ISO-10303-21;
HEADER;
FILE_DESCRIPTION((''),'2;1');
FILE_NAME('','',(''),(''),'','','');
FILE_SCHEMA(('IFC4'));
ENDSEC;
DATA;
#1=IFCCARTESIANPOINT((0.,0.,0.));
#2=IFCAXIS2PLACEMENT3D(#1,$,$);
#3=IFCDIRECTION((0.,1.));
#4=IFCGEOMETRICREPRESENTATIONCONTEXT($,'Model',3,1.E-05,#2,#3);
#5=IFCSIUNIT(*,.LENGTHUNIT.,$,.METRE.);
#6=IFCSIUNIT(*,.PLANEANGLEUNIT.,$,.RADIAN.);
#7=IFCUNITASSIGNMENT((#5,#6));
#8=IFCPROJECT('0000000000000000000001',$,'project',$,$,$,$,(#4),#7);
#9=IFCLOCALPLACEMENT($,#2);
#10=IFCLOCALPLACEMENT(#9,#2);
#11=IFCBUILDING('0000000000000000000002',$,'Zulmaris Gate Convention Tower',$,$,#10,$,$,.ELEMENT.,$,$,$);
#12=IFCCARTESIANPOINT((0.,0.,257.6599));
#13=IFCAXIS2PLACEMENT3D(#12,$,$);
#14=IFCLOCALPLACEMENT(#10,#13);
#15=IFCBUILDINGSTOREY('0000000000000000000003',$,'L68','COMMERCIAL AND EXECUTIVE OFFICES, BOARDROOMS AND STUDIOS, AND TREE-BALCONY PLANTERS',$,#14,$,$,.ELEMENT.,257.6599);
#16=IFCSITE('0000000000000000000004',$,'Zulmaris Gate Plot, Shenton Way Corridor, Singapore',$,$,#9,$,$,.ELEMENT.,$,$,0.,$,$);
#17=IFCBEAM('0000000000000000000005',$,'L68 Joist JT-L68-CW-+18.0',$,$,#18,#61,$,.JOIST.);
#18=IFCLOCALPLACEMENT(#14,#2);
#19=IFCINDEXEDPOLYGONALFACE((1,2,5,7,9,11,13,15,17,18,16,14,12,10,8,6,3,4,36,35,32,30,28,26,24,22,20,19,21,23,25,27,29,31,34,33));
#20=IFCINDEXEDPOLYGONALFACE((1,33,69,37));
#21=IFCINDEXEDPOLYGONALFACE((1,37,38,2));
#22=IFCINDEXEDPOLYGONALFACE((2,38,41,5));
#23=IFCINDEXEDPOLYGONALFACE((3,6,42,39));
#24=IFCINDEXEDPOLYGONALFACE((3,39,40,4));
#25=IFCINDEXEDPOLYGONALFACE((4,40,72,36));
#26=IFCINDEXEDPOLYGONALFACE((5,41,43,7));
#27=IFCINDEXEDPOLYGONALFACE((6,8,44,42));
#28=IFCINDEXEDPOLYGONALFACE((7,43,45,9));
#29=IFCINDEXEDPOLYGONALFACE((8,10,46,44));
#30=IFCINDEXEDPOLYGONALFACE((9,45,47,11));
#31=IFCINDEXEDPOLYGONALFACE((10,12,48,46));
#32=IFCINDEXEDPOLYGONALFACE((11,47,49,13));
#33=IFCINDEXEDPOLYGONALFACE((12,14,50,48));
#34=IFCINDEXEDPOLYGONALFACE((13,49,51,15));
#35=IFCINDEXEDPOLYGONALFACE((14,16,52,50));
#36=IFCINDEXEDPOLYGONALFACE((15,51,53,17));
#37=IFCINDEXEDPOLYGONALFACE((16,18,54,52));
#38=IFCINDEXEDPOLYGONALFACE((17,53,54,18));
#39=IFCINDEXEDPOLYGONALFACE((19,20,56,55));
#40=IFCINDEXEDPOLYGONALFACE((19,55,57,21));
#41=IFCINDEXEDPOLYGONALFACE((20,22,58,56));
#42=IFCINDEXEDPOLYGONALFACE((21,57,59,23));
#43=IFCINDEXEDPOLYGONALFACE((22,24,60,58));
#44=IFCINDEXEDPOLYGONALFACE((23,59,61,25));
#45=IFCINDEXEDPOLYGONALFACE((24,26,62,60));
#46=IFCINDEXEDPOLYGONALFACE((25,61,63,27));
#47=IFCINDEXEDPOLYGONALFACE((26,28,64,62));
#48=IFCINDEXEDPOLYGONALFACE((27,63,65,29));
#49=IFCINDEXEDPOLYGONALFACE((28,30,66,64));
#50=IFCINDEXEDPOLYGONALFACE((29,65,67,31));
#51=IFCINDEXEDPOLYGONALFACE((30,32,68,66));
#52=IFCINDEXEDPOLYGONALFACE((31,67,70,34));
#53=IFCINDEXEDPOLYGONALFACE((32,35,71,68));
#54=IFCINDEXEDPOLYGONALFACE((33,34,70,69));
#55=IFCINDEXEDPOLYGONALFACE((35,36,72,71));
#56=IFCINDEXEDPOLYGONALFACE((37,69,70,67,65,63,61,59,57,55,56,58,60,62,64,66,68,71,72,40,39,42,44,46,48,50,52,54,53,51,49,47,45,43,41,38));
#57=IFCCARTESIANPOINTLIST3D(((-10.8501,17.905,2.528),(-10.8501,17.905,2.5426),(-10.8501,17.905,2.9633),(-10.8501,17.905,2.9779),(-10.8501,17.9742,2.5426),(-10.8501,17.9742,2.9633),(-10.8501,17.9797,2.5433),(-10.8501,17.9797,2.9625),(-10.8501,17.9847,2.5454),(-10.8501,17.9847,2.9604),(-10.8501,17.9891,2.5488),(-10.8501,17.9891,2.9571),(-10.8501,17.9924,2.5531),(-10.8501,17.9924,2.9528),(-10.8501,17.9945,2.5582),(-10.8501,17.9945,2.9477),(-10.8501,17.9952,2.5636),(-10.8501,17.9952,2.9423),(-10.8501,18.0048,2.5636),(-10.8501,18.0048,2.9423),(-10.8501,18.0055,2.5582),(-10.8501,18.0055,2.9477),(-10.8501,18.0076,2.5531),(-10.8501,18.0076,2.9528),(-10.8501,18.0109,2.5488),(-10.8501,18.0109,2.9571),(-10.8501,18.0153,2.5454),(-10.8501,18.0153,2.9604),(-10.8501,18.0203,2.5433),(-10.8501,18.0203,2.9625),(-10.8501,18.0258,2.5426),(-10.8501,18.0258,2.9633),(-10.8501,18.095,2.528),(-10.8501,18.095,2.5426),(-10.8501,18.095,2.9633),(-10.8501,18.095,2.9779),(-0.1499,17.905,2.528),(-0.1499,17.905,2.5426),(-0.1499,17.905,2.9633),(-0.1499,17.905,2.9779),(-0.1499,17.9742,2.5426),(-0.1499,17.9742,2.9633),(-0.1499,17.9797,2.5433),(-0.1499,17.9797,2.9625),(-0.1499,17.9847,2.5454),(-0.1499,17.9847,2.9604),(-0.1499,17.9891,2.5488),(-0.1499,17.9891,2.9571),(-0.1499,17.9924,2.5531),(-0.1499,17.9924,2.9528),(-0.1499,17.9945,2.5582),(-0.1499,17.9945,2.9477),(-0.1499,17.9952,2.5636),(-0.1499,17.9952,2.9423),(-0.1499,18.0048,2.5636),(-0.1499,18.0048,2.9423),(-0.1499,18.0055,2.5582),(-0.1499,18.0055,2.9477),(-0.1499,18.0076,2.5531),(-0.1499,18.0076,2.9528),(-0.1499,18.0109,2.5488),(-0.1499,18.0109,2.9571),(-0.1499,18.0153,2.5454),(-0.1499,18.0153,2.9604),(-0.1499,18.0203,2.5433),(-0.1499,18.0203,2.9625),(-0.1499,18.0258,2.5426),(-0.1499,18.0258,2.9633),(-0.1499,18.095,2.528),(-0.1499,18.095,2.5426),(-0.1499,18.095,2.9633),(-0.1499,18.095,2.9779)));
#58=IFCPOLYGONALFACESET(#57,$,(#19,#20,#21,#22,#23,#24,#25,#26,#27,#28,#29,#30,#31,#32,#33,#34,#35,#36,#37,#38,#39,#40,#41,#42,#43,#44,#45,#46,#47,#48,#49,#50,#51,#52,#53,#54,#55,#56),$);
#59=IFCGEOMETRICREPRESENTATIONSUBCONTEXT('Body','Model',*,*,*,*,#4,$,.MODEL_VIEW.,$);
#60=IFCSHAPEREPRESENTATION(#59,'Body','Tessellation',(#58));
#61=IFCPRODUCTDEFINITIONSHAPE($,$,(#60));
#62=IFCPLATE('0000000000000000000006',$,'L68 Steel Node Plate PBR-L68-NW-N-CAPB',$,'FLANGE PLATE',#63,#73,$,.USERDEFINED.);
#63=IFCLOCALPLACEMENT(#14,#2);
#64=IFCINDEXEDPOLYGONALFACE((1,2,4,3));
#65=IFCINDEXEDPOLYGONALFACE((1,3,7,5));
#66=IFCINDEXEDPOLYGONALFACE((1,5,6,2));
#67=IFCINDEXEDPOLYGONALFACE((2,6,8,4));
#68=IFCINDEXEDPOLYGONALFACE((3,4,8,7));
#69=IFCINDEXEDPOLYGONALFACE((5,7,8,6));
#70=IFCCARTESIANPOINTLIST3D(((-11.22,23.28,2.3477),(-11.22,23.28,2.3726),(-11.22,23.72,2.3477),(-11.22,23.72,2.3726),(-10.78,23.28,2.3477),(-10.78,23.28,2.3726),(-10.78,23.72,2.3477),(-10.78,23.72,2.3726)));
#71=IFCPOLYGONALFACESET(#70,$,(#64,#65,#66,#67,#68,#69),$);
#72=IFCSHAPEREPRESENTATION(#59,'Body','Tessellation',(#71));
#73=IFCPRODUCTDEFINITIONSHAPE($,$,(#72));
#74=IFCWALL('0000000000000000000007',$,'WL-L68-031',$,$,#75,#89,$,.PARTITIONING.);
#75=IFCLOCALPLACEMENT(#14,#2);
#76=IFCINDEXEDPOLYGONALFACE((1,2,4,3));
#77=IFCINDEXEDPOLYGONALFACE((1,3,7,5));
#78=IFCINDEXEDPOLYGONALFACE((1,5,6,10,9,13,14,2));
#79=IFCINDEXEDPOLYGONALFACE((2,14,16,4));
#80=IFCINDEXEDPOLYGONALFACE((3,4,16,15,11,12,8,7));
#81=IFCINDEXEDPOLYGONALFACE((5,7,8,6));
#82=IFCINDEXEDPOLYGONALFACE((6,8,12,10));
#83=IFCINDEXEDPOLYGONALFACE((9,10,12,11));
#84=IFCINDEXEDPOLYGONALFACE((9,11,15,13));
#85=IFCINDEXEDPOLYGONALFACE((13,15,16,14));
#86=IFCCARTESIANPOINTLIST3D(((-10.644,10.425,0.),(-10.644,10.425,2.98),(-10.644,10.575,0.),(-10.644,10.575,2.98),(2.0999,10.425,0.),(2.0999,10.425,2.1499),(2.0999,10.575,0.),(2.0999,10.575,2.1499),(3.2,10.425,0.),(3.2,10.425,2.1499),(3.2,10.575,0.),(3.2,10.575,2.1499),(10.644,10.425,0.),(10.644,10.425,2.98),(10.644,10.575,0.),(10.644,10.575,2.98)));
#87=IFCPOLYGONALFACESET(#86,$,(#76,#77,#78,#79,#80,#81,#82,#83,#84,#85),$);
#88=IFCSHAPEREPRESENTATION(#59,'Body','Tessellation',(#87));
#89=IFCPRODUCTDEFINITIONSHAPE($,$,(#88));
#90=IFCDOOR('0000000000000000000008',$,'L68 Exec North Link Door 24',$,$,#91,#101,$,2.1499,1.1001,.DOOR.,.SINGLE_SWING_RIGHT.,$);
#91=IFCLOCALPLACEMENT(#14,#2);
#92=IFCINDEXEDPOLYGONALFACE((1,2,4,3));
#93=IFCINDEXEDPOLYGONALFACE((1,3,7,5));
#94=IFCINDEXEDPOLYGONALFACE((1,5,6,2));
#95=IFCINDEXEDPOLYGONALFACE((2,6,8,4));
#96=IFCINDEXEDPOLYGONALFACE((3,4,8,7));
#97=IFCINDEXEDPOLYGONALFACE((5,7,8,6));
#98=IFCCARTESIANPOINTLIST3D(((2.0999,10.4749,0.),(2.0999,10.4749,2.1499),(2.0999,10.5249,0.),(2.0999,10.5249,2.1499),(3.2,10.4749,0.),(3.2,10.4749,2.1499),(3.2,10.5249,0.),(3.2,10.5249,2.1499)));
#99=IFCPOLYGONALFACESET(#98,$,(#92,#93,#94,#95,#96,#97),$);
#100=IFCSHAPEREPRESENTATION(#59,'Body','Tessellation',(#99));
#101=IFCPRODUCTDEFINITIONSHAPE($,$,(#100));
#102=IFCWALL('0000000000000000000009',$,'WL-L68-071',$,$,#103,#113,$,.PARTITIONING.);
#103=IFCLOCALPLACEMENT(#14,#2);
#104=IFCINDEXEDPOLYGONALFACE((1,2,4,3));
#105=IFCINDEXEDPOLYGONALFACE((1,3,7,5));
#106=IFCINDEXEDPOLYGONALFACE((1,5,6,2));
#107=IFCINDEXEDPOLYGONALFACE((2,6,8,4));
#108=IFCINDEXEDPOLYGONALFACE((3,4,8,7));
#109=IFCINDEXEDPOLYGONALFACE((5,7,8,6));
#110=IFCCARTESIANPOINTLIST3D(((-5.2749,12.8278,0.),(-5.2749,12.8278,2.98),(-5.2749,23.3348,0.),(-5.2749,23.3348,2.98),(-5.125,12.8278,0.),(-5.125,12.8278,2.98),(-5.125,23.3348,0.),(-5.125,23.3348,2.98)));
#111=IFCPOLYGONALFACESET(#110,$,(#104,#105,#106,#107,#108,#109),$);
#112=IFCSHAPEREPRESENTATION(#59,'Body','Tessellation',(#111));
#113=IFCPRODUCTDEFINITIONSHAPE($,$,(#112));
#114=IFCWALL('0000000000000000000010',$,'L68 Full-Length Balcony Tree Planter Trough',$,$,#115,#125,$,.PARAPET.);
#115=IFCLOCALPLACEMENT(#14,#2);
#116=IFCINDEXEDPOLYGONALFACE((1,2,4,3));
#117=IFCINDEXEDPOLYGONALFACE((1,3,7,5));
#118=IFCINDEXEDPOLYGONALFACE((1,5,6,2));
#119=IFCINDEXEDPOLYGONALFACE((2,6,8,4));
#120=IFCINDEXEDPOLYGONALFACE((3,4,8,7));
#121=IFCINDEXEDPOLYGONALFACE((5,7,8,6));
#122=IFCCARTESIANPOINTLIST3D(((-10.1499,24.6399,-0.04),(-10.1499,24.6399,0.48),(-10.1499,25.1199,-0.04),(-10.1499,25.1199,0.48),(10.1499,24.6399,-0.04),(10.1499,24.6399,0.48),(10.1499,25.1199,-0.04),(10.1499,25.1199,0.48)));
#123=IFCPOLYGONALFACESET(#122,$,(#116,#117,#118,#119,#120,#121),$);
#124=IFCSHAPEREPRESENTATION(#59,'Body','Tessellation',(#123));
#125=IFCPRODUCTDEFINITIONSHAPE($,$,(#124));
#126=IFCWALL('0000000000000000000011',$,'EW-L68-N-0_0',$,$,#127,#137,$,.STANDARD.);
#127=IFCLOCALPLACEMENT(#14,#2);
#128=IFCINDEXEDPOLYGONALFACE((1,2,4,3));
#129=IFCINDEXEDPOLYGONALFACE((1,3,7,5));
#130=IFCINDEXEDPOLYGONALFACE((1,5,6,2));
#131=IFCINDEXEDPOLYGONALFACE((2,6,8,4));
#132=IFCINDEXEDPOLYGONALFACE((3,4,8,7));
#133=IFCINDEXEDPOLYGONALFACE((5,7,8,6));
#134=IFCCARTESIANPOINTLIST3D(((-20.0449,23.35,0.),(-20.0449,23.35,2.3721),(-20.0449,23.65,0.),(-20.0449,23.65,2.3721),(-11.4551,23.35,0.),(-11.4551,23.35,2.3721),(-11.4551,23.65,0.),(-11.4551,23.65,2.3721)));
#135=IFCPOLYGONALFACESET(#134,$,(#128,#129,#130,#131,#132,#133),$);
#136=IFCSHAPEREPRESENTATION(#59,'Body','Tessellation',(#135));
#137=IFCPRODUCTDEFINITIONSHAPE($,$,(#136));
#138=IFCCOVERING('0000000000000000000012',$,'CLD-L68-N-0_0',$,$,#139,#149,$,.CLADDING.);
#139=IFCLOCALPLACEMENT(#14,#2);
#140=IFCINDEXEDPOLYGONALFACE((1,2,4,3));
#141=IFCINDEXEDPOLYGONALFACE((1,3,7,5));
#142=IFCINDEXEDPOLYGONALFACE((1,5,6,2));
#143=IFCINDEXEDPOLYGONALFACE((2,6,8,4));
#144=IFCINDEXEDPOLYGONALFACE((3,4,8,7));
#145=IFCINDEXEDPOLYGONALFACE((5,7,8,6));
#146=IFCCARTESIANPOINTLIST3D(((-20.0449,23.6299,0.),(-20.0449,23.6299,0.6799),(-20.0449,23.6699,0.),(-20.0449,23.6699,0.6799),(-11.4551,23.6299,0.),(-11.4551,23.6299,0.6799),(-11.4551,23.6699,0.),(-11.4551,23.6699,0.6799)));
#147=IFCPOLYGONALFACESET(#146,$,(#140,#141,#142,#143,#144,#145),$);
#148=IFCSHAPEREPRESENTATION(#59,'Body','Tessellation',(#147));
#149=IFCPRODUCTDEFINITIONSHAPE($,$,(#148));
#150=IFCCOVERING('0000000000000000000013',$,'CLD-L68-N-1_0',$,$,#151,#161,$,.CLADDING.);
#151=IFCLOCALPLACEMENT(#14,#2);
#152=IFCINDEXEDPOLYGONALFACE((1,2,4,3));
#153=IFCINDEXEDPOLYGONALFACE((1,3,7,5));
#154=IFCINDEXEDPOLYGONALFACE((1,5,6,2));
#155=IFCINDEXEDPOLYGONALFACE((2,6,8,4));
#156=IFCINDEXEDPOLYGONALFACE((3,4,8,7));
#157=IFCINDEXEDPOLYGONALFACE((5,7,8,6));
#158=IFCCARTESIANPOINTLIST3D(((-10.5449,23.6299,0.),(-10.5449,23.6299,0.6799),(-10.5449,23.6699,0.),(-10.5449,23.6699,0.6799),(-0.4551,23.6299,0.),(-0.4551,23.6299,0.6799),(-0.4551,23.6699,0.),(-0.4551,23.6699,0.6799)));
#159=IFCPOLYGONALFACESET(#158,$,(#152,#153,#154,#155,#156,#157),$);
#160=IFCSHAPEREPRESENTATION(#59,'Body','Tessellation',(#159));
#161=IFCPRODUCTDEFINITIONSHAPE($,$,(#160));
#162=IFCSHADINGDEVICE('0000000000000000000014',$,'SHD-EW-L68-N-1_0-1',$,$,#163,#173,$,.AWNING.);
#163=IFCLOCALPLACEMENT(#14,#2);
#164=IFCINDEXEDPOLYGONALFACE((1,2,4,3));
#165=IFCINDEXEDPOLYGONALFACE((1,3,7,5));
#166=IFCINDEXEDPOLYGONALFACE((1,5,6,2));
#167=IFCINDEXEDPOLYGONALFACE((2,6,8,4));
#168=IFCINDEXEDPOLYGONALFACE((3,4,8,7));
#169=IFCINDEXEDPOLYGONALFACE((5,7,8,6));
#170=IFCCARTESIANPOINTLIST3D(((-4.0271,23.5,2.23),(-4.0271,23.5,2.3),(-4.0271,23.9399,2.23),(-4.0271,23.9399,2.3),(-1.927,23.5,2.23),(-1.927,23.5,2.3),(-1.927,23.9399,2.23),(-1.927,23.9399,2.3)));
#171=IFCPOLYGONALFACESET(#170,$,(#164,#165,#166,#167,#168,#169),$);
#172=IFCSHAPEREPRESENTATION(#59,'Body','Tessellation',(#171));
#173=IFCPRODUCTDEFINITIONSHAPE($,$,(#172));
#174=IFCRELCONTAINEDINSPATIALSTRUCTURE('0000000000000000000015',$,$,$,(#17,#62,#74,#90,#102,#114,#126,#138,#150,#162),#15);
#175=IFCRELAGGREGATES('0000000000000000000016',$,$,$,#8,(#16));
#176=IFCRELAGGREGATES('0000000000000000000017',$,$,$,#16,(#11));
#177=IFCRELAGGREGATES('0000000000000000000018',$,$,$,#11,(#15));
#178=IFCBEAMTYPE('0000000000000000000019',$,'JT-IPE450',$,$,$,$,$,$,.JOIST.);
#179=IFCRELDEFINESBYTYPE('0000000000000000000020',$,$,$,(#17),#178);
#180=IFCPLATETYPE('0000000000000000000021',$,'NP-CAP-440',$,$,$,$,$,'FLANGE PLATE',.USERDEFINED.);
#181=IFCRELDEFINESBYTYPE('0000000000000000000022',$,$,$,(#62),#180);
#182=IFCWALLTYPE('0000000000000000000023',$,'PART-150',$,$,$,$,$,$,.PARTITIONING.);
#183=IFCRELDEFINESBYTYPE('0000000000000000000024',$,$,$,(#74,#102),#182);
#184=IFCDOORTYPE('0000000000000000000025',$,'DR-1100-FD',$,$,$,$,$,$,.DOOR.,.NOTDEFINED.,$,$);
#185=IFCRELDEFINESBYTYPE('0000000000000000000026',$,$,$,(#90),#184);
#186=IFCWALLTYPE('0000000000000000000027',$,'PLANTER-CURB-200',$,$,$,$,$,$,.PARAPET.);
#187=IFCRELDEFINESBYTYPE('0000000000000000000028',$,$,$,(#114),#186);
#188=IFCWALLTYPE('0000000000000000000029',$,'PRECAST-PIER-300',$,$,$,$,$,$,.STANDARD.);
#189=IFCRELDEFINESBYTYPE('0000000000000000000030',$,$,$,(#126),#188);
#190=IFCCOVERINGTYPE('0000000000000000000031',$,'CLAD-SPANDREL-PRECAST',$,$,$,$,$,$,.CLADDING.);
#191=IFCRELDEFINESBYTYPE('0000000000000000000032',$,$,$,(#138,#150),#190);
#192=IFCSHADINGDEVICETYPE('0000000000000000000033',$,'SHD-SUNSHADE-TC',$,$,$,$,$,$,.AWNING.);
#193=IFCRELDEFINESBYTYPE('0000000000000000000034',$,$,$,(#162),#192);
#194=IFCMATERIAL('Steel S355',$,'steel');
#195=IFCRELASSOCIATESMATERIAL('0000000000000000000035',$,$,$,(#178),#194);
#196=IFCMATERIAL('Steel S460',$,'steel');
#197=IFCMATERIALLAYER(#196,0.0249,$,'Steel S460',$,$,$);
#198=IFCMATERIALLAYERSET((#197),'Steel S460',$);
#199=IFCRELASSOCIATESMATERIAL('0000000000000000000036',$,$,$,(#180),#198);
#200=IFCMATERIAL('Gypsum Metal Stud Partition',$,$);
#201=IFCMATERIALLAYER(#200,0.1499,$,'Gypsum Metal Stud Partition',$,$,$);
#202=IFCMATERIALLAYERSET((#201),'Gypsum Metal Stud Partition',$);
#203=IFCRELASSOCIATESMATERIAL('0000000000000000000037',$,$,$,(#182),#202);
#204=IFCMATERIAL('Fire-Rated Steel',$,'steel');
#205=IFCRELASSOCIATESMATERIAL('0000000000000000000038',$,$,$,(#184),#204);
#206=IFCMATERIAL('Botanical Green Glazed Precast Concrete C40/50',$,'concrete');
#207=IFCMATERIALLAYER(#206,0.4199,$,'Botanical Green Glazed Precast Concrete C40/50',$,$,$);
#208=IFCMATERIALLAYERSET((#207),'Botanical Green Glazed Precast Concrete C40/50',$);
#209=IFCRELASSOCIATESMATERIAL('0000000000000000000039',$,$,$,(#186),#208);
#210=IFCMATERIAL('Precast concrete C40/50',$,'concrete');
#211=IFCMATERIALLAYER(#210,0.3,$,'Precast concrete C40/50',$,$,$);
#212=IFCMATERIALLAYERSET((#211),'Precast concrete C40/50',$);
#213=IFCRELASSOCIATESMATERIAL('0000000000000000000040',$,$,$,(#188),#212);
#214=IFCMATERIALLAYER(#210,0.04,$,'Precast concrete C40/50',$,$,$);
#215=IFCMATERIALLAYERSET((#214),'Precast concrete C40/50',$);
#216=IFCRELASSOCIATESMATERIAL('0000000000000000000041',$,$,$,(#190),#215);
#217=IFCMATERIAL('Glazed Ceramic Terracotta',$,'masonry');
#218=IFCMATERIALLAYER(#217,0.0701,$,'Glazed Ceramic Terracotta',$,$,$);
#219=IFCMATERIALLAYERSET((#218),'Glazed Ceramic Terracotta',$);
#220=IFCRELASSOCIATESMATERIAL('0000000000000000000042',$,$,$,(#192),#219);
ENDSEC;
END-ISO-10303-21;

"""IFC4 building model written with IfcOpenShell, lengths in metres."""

from ifc_helpers import new_model, si_unit, direction, frame, frame_2d, origin, origin_2d, place, context, subcontext, project, spatial, rectangle, i_section, extrude, material, layer, layer_set, material_profile, profile_set, type_object, element, fill, save


model = new_model("IFC4")

# Units and contexts
model_context = context("Model", 3, precision=1e-05, world=origin(), true_north=direction((0.0, 1.0)))
body_context = subcontext(model_context, "Body", "Model", "MODEL_VIEW")
ifc_project = project(units=[si_unit("LENGTHUNIT", "METRE"), si_unit("PLANEANGLEUNIT", "RADIAN")], contexts=[model_context])

# Site, building, storey
site_placement = place(None, origin())
site = spatial("IfcSite", under=ifc_project, at=site_placement, Name="Zulmaris Gate Plot, Shenton Way Corridor, Singapore", CompositionType="ELEMENT", RefElevation=0.0)
building_placement = place(site_placement, origin())
building = spatial("IfcBuilding", under=site, at=building_placement, Name="Zulmaris Gate Convention Tower", CompositionType="ELEMENT")
storey_placement = place(building_placement, frame((0.0, 0.0, 257.6599)))
storey = spatial("IfcBuildingStorey", under=building, at=storey_placement, Name="L68", Description="COMMERCIAL AND EXECUTIVE OFFICES, BOARDROOMS AND STUDIOS, AND TREE-BALCONY PLANTERS", CompositionType="ELEMENT", Elevation=257.6599)

# Beam
ifc_material_1 = material(Name="Steel S355", Category="steel")
ifc_material_profile_1 = material_profile(ifc_material_1, i_section(OverallWidth=0.1899, OverallDepth=0.45, WebThickness=0.0095, FlangeThickness=0.0146, FilletRadius=0.021, at=origin_2d()), Name="IPE 450")
ifc_profile_set_1 = profile_set([ifc_material_profile_1], Name="Steel S355")
beam_type_1 = type_object("IfcBeamType", Name="JT-IPE450", PredefinedType="JOIST", material=ifc_profile_set_1)
for number, where, z_axis, x_axis, name in (
    (1, (-10.8501, 18.0, 2.7529), (1.0, 0.0, 0.0), (0.0, 1.0, 0.0), "L68 Joist JT-L68-CW-+18.0"),
):
    element("IfcBeam", number, at=place(storey_placement, frame(where, z_axis=z_axis, x_axis=x_axis)), inside=storey, type_object=beam_type_1, Name=name, PredefinedType="JOIST", context=body_context, shape_type="SweptSolid", body=[
        extrude(i_section(OverallWidth=0.1899, OverallDepth=0.45, WebThickness=0.0095, FlangeThickness=0.0146, FilletRadius=0.021, at=origin_2d()), origin(), (0.0, 0.0, 1.0), 10.7002),
    ])

# Plate
ifc_material_2 = material(Name="Steel S460", Category="steel")
ifc_layer_1 = layer(ifc_material_2, 0.0249, Name="Steel S460")
ifc_layer_set_1 = layer_set([ifc_layer_1], Name="Steel S460")
plate_type = type_object("IfcPlateType", Name="NP-CAP-440", ElementType="FLANGE PLATE", PredefinedType="USERDEFINED", material=ifc_layer_set_1)
plate_placement = place(storey_placement, frame((-11.0, 23.5, 2.3477), z_axis=(0.0, 0.0, 1.0), x_axis=(1.0, 0.0, 0.0)))
element("IfcPlate", 2, at=plate_placement, inside=storey, type_object=plate_type, Name="L68 Steel Node Plate PBR-L68-NW-N-CAPB", ObjectType="FLANGE PLATE", PredefinedType="USERDEFINED", context=body_context, shape_type="SweptSolid", body=[
    extrude(rectangle(XDim=0.4399, YDim=0.4399, at=origin_2d()), origin(), (0.0, 0.0, 1.0), 0.0249),
])

# Wall, opening, door
ifc_material_3 = material(Name="Gypsum Metal Stud Partition")
ifc_layer_2 = layer(ifc_material_3, 0.1499, Name="Gypsum Metal Stud Partition")
ifc_layer_set_2 = layer_set([ifc_layer_2], Name="Gypsum Metal Stud Partition")
wall_type_1 = type_object("IfcWallType", Name="PART-150", PredefinedType="PARTITIONING", material=ifc_layer_set_2)
wall_1_placement = place(storey_placement, frame((-10.644, 10.5, 0.0), z_axis=(0.0, 0.0, 1.0), x_axis=(1.0, 0.0, 0.0)))
wall_1 = element("IfcWall", 3, at=wall_1_placement, inside=storey, type_object=wall_type_1, Name="WL-L68-031", PredefinedType="PARTITIONING", context=body_context, shape_type="SweptSolid", body=[
    extrude(rectangle(XDim=21.2881, YDim=0.1499, at=frame_2d((10.644, 0.0))), origin(), (0.0, 0.0, 1.0), 2.98),
])
opening_1_placement = place(wall_1_placement, frame((12.7439, 0.0, 0.0)))
opening_1 = element("IfcOpeningElement", 4, at=opening_1_placement, cuts=wall_1, PredefinedType="OPENING", context=body_context, shape_type="SweptSolid", body=[
    extrude(rectangle(XDim=1.1001, YDim=2.1499, at=frame_2d((0.55, 1.075))), frame((0.0, 0.085, 0.0), z_axis=(0.0, -1.0, 0.0), x_axis=(1.0, 0.0, 0.0)), (0.0, 0.0, 1.0), 0.1699),
])
ifc_material_4 = material(Name="Fire-Rated Steel", Category="steel")
door_type_1 = type_object("IfcDoorType", Name="DR-1100-FD", OperationType="NOTDEFINED", PredefinedType="DOOR", material=ifc_material_4)
door_1_placement = place(opening_1_placement, origin())
door_1 = element("IfcDoor", 5, at=door_1_placement, inside=storey, type_object=door_type_1, Name="L68 Exec North Link Door 24", OperationType="SINGLE_SWING_RIGHT", OverallHeight=2.1499, OverallWidth=1.1001, PredefinedType="DOOR", context=body_context, shape_type="SweptSolid", body=[
    extrude(rectangle(XDim=1.1001, YDim=2.1499, at=frame_2d((0.55, 1.075))), frame((0.0, 0.0249, 0.0), z_axis=(0.0, -1.0, 0.0), x_axis=(1.0, 0.0, 0.0)), (0.0, 0.0, 1.0), 0.05),
])
fill(opening_1, door_1)

# Walls
wall_2_placement = place(storey_placement, frame((-5.2, 12.8279, 0.0), z_axis=(0.0, 0.0, 1.0), x_axis=(0.0, 1.0, 0.0)))
element("IfcWall", 6, at=wall_2_placement, inside=storey, type_object=wall_type_1, Name="WL-L68-071", PredefinedType="PARTITIONING", context=body_context, shape_type="SweptSolid", body=[
    extrude(rectangle(XDim=10.5071, YDim=0.1499, at=frame_2d((5.2534, 0.0))), origin(), (0.0, 0.0, 1.0), 2.98),
])
ifc_material_5 = material(Name="Botanical Green Glazed Precast Concrete C40/50", Category="concrete")
ifc_layer_3 = layer(ifc_material_5, 0.4199, Name="Botanical Green Glazed Precast Concrete C40/50")
ifc_layer_set_3 = layer_set([ifc_layer_3], Name="Botanical Green Glazed Precast Concrete C40/50")
wall_type_2 = type_object("IfcWallType", Name="PLANTER-CURB-200", PredefinedType="PARAPET", material=ifc_layer_set_3)
wall_3_placement = place(storey_placement, frame((-10.1499, 24.8799, -0.04), z_axis=(0.0, 0.0, 1.0), x_axis=(1.0, 0.0, 0.0)))
element("IfcWall", 7, at=wall_3_placement, inside=storey, type_object=wall_type_2, Name="L68 Full-Length Balcony Tree Planter Trough", PredefinedType="PARAPET", context=body_context, shape_type="SweptSolid", body=[
    extrude(rectangle(XDim=20.2998, YDim=0.48, at=frame_2d((10.1499, 0.0))), origin(), (0.0, 0.0, 1.0), 0.52),
])
ifc_material_6 = material(Name="Precast concrete C40/50", Category="concrete")
ifc_layer_4 = layer(ifc_material_6, 0.3, Name="Precast concrete C40/50")
ifc_layer_set_4 = layer_set([ifc_layer_4], Name="Precast concrete C40/50")
wall_type_3 = type_object("IfcWallType", Name="PRECAST-PIER-300", PredefinedType="STANDARD", material=ifc_layer_set_4)
wall_4_placement = place(storey_placement, frame((-11.4551, 23.5, 0.0), z_axis=(0.0, 0.0, 1.0), x_axis=(-1.0, 0.0, 0.0)))
element("IfcWall", 8, at=wall_4_placement, inside=storey, type_object=wall_type_3, Name="EW-L68-N-0_0", PredefinedType="STANDARD", context=body_context, shape_type="SweptSolid", body=[
    extrude(rectangle(XDim=8.5898, YDim=0.3, at=frame_2d((4.2949, 0.0))), origin(), (0.0, 0.0, 1.0), 2.3721),
])

# Coverings
ifc_layer_5 = layer(ifc_material_6, 0.04, Name="Precast concrete C40/50")
ifc_layer_set_5 = layer_set([ifc_layer_5], Name="Precast concrete C40/50")
covering_type = type_object("IfcCoveringType", Name="CLAD-SPANDREL-PRECAST", PredefinedType="CLADDING", material=ifc_layer_set_5)
covering_1_placement = place(storey_placement, frame((-11.4551, 23.6499, 0.0), z_axis=(0.0, 0.0, 1.0), x_axis=(-1.0, 0.0, 0.0)))
element("IfcCovering", 9, at=covering_1_placement, inside=storey, type_object=covering_type, Name="CLD-L68-N-0_0", PredefinedType="CLADDING", context=body_context, shape_type="SweptSolid", body=[
    extrude(rectangle(XDim=8.5898, YDim=0.04, at=frame_2d((4.2949, 0.0))), origin(), (0.0, 0.0, 1.0), 0.6799),
])
covering_2_placement = place(storey_placement, frame((-0.4551, 23.6499, 0.0), z_axis=(0.0, 0.0, 1.0), x_axis=(-1.0, 0.0, 0.0)))
element("IfcCovering", 10, at=covering_2_placement, inside=storey, type_object=covering_type, Name="CLD-L68-N-1_0", PredefinedType="CLADDING", context=body_context, shape_type="SweptSolid", body=[
    extrude(rectangle(XDim=10.0898, YDim=0.04, at=frame_2d((5.0449, 0.0))), origin(), (0.0, 0.0, 1.0), 0.6799),
])

# Shading device
ifc_material_7 = material(Name="Glazed Ceramic Terracotta", Category="masonry")
ifc_layer_6 = layer(ifc_material_7, 0.0701, Name="Glazed Ceramic Terracotta")
ifc_layer_set_6 = layer_set([ifc_layer_6], Name="Glazed Ceramic Terracotta")
shading_device_type = type_object("IfcShadingDeviceType", Name="SHD-SUNSHADE-TC", PredefinedType="AWNING", material=ifc_layer_set_6)
shading_device_placement = place(storey_placement, frame((-1.927, 23.72, 2.23), z_axis=(0.0, 0.0, 1.0), x_axis=(-1.0, 0.0, 0.0)))
element("IfcShadingDevice", 11, at=shading_device_placement, inside=storey, type_object=shading_device_type, Name="SHD-EW-L68-N-1_0-1", PredefinedType="AWNING", context=body_context, shape_type="SweptSolid", body=[
    extrude(rectangle(XDim=2.1001, YDim=0.4399, at=frame_2d((1.05, 0.0))), origin(), (0.0, 0.0, 1.0), 0.0701),
])

save(model, "model.ifc")
